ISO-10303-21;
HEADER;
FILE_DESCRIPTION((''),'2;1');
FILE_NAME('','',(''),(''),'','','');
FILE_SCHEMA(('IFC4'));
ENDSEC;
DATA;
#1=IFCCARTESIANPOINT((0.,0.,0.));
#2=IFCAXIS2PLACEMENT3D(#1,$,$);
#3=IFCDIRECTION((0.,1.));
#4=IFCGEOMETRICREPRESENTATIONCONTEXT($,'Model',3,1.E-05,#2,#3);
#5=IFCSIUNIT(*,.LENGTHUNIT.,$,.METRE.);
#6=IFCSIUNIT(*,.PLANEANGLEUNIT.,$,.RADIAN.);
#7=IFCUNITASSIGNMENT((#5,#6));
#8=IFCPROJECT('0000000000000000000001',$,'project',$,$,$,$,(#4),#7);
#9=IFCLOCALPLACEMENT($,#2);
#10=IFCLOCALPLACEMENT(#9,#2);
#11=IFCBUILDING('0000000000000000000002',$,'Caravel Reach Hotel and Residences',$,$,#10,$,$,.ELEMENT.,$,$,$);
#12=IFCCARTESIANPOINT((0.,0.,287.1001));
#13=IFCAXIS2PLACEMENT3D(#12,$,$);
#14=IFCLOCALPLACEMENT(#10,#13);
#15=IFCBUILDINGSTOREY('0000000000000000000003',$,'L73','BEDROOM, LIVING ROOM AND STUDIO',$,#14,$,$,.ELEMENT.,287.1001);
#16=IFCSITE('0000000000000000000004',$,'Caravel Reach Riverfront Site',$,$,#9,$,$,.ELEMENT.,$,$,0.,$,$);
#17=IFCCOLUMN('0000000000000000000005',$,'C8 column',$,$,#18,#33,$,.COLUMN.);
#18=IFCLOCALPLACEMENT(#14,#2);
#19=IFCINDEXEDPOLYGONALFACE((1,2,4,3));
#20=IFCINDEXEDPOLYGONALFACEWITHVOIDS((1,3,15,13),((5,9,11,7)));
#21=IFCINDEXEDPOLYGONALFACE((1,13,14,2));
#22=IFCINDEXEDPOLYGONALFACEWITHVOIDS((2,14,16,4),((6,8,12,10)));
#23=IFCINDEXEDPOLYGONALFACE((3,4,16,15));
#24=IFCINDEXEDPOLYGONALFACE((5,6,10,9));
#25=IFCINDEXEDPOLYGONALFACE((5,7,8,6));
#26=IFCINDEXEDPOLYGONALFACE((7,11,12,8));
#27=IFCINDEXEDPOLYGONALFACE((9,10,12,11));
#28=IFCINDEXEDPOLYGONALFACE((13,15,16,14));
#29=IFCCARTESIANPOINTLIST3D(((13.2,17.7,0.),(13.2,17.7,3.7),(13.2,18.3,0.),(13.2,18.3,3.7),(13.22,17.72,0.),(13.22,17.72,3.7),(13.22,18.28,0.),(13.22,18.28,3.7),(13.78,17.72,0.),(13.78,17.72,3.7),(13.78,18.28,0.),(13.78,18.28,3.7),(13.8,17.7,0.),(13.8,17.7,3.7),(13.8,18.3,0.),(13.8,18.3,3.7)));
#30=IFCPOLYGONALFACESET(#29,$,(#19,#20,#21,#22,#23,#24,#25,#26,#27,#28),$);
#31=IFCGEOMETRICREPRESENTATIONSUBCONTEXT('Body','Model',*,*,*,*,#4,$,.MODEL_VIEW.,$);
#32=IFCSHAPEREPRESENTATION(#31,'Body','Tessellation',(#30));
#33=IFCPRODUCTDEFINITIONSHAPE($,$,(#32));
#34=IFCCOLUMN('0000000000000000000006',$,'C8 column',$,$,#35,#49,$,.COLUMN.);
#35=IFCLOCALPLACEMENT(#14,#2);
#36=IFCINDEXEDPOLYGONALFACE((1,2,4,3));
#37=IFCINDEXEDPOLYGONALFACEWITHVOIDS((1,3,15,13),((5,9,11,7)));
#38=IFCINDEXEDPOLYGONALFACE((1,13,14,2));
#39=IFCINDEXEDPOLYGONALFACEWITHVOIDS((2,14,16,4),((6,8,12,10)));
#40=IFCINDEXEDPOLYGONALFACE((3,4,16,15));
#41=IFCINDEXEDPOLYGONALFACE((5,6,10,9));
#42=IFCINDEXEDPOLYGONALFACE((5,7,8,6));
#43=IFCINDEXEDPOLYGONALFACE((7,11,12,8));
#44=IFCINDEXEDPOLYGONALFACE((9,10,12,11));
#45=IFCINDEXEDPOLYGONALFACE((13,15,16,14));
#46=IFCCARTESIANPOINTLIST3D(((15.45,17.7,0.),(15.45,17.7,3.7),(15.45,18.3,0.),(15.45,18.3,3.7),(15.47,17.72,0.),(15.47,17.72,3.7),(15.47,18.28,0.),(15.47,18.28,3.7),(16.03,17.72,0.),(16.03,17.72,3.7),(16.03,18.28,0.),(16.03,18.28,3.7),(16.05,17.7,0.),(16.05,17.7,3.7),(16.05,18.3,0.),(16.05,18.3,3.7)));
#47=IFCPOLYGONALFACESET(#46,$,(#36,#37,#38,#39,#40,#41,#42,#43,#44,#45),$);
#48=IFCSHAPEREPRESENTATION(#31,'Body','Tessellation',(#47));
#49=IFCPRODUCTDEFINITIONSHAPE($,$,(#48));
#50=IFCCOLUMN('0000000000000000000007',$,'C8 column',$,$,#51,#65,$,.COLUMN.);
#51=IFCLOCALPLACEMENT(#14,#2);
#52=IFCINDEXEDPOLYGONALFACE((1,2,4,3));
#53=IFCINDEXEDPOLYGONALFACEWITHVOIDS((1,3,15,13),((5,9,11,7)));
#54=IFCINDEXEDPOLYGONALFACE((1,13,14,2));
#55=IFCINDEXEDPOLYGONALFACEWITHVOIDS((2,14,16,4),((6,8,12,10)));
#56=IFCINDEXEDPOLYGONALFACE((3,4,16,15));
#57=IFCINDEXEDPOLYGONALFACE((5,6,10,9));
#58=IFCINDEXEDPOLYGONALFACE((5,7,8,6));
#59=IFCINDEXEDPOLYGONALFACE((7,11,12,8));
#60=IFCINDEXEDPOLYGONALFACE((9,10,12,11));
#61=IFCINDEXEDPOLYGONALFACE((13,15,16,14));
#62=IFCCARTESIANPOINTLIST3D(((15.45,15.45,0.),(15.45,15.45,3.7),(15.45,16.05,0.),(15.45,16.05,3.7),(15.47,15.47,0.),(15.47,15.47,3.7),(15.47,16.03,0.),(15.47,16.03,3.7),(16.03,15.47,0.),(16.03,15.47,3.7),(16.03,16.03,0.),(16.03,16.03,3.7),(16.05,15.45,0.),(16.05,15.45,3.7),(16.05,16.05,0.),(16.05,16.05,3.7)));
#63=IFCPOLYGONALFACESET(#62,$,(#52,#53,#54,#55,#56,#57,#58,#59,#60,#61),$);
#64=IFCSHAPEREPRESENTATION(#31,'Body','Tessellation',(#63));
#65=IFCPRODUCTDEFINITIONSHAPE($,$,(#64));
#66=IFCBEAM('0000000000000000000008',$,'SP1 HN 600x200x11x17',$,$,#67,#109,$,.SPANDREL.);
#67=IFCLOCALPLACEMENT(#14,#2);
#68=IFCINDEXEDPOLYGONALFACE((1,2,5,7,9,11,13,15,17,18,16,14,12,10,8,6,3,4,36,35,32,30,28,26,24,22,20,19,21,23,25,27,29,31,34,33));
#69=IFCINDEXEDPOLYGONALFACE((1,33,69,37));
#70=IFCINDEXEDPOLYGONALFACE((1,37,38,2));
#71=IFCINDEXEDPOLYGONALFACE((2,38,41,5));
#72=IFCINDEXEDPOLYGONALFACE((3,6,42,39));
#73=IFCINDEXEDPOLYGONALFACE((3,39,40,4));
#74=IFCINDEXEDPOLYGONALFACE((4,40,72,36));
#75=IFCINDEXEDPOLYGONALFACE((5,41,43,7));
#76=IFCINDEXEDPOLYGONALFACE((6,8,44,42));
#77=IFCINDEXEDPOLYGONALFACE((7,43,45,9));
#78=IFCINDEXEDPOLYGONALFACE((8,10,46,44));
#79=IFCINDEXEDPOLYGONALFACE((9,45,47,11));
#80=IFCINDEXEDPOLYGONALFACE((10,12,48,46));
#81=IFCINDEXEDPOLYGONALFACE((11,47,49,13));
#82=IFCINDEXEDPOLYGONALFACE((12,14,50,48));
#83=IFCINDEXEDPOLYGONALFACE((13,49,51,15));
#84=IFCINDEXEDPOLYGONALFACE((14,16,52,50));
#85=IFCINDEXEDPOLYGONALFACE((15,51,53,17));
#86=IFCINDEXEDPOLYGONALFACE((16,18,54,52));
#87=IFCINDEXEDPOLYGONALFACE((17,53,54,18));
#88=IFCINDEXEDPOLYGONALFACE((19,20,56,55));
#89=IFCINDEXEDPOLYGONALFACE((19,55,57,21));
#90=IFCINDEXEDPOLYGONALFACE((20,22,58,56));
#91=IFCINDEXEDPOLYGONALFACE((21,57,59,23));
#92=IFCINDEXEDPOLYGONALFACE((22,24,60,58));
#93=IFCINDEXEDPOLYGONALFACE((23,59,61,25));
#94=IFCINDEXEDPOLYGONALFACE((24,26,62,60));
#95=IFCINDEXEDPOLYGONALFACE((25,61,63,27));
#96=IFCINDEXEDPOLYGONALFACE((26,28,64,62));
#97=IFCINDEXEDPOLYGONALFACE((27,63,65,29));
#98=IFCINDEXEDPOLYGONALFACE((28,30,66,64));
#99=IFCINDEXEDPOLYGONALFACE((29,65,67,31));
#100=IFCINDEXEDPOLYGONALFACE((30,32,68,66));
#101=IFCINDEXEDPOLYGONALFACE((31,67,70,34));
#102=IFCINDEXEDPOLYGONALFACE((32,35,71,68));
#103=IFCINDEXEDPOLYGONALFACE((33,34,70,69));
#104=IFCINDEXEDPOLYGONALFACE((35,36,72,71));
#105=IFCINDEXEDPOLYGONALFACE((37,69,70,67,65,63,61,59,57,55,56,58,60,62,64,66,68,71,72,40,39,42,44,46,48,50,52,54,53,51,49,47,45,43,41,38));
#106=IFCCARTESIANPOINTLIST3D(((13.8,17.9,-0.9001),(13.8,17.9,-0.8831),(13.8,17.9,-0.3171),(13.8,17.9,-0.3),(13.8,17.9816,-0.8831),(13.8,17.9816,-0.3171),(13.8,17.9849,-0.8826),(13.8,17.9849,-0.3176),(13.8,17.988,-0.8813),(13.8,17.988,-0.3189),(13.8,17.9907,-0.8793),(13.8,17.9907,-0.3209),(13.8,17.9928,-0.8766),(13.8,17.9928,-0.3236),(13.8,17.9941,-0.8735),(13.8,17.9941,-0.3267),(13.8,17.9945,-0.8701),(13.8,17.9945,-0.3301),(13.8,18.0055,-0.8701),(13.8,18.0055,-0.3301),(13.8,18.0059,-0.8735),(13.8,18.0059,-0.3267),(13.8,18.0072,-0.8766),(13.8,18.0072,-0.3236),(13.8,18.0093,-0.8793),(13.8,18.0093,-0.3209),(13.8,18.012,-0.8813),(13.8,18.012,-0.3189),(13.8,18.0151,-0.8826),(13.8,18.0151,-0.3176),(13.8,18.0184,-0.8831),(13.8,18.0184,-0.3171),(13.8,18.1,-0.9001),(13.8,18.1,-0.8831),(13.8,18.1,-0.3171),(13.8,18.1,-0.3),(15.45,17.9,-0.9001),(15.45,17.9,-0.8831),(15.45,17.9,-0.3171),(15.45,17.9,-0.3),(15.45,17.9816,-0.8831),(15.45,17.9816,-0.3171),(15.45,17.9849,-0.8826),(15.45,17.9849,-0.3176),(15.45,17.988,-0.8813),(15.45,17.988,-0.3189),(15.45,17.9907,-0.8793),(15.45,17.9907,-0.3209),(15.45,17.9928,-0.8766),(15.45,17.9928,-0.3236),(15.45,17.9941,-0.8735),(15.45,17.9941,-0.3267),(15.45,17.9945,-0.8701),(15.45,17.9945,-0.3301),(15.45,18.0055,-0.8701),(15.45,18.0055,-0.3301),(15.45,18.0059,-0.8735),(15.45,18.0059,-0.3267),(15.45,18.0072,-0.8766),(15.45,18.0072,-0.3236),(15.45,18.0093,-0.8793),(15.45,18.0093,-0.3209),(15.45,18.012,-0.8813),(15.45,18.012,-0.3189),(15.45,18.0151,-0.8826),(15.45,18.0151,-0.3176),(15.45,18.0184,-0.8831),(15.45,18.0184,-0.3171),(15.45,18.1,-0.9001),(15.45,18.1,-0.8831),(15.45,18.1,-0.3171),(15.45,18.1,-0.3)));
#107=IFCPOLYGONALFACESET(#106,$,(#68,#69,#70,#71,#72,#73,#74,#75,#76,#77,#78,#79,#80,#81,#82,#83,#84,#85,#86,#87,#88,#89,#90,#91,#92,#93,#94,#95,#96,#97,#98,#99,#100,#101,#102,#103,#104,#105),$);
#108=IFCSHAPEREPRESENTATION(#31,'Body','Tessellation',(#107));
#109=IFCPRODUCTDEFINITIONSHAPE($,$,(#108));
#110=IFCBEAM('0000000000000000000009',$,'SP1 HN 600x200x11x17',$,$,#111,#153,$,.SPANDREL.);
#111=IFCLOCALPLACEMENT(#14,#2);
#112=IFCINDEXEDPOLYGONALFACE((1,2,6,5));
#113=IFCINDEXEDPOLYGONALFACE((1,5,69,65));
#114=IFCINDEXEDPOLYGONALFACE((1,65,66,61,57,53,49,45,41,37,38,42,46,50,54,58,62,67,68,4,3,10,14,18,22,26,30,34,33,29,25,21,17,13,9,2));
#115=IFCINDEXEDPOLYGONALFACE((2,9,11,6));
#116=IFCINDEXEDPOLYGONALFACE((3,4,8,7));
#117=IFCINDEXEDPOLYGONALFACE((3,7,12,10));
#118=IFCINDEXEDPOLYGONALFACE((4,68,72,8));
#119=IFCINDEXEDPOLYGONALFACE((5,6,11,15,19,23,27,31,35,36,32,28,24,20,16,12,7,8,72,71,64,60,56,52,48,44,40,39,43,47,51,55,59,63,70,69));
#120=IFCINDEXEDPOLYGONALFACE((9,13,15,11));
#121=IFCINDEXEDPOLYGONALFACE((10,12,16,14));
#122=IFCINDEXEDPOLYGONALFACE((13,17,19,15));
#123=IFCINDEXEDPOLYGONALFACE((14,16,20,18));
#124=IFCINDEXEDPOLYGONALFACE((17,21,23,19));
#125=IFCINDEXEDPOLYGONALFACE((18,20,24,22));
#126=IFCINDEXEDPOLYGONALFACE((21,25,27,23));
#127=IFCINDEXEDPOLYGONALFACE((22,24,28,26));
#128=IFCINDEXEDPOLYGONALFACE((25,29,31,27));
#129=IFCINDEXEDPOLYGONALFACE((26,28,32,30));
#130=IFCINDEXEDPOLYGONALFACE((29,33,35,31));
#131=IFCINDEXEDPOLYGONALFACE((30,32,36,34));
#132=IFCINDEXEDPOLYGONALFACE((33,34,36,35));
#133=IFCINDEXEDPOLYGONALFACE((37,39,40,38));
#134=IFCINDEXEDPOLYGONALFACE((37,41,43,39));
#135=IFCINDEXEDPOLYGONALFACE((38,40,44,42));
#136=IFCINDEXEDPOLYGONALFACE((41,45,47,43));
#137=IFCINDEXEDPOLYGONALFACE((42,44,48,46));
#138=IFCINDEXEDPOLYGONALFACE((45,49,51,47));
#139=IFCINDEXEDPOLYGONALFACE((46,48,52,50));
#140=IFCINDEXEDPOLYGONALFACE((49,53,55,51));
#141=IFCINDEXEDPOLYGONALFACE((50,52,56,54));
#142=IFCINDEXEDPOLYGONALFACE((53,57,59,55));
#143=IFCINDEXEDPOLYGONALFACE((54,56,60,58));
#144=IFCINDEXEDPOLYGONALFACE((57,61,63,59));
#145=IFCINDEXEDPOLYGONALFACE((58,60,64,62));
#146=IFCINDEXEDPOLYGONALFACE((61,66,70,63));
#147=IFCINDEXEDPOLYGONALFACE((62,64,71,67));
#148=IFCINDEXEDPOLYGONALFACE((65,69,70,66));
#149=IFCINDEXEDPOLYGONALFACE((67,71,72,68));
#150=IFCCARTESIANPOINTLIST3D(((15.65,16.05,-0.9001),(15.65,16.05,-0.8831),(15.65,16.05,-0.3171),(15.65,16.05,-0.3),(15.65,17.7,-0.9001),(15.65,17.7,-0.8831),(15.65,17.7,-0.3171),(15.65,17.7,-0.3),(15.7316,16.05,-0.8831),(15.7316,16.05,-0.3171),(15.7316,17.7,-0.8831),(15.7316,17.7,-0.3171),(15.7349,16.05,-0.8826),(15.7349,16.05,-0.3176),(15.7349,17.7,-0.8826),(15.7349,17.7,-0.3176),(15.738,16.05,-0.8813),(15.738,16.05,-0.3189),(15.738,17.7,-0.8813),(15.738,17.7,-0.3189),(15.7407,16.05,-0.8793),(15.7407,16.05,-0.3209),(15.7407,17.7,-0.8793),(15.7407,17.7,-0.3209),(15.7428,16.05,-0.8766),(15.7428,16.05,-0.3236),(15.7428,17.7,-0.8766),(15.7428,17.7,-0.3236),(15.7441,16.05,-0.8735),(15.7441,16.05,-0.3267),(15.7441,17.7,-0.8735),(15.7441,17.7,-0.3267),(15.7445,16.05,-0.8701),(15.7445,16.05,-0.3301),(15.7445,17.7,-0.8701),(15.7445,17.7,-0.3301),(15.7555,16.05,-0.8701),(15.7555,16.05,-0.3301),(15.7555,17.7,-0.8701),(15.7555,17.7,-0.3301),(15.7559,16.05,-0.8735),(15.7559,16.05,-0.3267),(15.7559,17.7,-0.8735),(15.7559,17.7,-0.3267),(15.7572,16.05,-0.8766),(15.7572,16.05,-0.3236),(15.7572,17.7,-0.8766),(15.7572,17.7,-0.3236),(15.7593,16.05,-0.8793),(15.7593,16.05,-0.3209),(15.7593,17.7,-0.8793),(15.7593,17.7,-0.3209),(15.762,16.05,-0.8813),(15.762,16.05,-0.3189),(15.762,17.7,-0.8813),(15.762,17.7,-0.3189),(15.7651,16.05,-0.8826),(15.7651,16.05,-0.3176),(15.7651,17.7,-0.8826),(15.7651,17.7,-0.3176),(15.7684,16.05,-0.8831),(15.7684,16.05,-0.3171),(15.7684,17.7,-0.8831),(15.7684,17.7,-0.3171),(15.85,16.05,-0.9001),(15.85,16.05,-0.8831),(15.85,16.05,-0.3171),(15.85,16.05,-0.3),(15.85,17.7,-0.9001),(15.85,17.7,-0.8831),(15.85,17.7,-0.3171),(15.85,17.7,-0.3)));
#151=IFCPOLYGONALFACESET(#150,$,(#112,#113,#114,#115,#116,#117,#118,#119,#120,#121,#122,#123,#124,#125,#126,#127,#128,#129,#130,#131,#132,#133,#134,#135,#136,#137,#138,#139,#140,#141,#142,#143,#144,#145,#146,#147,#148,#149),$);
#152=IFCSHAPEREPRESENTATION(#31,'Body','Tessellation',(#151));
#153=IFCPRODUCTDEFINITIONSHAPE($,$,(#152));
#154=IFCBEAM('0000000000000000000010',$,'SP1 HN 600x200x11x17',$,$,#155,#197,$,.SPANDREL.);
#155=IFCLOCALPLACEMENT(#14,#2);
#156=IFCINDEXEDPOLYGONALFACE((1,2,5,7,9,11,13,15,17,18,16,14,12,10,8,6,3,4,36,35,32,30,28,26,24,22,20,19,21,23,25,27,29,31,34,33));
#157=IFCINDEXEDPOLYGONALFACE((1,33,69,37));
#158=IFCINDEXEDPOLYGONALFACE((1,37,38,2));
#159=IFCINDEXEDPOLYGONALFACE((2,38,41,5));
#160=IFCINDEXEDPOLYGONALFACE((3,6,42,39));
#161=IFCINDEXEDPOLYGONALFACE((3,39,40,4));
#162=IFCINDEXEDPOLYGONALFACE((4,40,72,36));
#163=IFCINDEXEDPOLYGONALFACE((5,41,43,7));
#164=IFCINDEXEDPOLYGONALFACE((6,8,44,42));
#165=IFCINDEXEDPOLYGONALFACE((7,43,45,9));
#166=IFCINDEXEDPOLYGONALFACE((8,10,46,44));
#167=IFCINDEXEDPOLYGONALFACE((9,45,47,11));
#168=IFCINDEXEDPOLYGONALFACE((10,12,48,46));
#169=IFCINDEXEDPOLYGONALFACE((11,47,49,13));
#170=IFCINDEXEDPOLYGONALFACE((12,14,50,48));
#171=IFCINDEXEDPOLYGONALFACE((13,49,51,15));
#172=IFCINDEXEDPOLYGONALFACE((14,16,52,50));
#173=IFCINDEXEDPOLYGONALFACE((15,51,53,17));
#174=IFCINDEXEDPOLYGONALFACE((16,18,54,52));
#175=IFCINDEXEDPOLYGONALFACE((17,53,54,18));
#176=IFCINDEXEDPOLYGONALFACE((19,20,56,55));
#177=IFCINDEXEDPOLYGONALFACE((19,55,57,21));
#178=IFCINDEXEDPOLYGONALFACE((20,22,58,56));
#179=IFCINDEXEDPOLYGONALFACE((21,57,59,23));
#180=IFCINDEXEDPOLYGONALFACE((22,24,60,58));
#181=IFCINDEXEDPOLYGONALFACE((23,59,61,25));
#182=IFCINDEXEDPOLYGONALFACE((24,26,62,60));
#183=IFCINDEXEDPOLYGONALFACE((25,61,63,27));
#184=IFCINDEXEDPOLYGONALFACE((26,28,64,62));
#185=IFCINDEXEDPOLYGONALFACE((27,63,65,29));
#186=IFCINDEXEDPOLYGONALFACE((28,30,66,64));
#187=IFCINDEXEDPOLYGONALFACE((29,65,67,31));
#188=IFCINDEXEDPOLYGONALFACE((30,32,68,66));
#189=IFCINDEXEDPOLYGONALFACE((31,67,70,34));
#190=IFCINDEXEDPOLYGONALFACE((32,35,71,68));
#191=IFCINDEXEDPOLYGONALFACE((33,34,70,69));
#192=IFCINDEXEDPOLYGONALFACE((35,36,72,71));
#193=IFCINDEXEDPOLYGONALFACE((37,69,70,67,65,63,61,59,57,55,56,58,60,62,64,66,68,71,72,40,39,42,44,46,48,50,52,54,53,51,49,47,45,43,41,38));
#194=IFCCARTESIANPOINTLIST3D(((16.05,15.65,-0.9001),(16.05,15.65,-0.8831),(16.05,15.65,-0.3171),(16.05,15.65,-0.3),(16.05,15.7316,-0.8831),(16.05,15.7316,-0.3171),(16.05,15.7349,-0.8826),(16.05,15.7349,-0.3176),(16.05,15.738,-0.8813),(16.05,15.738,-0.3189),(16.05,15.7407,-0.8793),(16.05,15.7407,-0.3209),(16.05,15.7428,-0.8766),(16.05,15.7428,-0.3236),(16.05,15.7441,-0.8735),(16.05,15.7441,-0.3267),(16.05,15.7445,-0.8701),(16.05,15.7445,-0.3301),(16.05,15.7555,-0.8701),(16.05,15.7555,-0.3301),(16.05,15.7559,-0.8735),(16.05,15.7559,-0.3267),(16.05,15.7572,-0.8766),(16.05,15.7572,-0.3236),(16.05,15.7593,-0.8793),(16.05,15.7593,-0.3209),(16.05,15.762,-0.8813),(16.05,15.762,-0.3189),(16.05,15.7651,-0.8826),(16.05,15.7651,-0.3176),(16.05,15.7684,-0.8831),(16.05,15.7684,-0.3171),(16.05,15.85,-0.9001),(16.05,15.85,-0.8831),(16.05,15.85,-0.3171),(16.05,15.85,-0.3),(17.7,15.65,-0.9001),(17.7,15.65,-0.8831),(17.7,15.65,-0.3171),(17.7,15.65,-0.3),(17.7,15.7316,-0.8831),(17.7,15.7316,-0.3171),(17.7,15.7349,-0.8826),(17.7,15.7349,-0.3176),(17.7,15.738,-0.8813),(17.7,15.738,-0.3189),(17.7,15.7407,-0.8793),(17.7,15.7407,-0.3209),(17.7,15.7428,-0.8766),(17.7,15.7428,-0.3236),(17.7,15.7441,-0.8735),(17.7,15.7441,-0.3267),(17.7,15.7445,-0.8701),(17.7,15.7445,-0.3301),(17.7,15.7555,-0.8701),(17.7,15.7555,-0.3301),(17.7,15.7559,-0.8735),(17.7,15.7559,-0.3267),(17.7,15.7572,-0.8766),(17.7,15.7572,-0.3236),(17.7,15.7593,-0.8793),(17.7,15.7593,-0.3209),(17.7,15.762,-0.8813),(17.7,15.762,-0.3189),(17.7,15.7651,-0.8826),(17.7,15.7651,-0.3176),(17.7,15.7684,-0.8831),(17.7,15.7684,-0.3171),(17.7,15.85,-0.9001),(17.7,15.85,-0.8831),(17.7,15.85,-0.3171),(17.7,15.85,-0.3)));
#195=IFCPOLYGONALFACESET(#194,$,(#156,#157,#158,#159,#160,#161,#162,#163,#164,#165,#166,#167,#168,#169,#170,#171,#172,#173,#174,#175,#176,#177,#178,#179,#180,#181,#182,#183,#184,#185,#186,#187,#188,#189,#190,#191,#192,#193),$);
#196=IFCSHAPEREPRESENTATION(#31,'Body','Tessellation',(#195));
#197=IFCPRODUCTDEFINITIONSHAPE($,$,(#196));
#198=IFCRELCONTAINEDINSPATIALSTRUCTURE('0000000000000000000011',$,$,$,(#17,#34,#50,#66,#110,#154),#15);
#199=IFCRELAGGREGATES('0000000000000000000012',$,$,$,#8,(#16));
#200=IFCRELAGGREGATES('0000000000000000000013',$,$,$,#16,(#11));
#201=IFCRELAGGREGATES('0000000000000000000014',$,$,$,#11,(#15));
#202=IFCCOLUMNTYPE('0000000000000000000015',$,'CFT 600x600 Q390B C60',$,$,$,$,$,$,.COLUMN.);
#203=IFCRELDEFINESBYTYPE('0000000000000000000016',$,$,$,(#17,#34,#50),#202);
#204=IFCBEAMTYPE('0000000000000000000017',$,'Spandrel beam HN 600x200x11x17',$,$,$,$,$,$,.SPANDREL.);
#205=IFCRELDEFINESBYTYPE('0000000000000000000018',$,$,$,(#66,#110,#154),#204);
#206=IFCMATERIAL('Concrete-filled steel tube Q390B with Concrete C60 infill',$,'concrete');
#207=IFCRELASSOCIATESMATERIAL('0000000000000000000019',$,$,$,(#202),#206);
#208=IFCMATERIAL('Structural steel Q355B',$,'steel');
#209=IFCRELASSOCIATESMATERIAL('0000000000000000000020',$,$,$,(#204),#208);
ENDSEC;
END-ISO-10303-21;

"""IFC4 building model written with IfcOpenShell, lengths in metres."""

from ifc_helpers import new_model, si_unit, direction, frame, origin, origin_2d, place, context, subcontext, project, spatial, hollow_rectangle, i_section, extrude, material, material_profile, profile_set, type_object, element, save


model = new_model("IFC4")

# Units and contexts
model_context = context("Model", 3, precision=1e-05, world=origin(), true_north=direction((0.0, 1.0)))
body_context = subcontext(model_context, "Body", "Model", "MODEL_VIEW")
ifc_project = project(units=[si_unit("LENGTHUNIT", "METRE"), si_unit("PLANEANGLEUNIT", "RADIAN")], contexts=[model_context])

# Site, building, storey
site_placement = place(None, origin())
site = spatial("IfcSite", under=ifc_project, at=site_placement, Name="Caravel Reach Riverfront Site", CompositionType="ELEMENT", RefElevation=0.0)
building_placement = place(site_placement, origin())
building = spatial("IfcBuilding", under=site, at=building_placement, Name="Caravel Reach Hotel and Residences", CompositionType="ELEMENT")
storey_placement = place(building_placement, frame((0.0, 0.0, 287.1001)))
storey = spatial("IfcBuildingStorey", under=building, at=storey_placement, Name="L73", Description="BEDROOM, LIVING ROOM AND STUDIO", CompositionType="ELEMENT", Elevation=287.1001)

# Columns
ifc_material_1 = material(Name="Concrete-filled steel tube Q390B with Concrete C60 infill", Category="concrete")
ifc_material_profile_1 = material_profile(ifc_material_1, hollow_rectangle(XDim=0.6001, YDim=0.6001, WallThickness=0.02, at=origin_2d()), Name="RHS 600x600x20")
ifc_profile_set_1 = profile_set([ifc_material_profile_1], Name="Concrete-filled steel tube Q390B with Concrete C60 infill")
column_type = type_object("IfcColumnType", Name="CFT 600x600 Q390B C60", PredefinedType="COLUMN", material=ifc_profile_set_1)
for number, where, z_axis, x_axis, name in (
    (1, (13.5, 18.0, 0.0), (0.0, 0.0, 1.0), (1.0, 0.0, 0.0), "C8 column"),
    (2, (15.75, 18.0, 0.0), (0.0, 0.0, 1.0), (1.0, 0.0, 0.0), "C8 column"),
    (3, (15.75, 15.75, 0.0), (0.0, 0.0, 1.0), (1.0, 0.0, 0.0), "C8 column"),
):
    element("IfcColumn", number, at=place(storey_placement, frame(where, z_axis=z_axis, x_axis=x_axis)), inside=storey, type_object=column_type, Name=name, PredefinedType="COLUMN", context=body_context, shape_type="SweptSolid", body=[
        extrude(hollow_rectangle(XDim=0.6001, YDim=0.6001, WallThickness=0.02, at=origin_2d()), origin(), (0.0, 0.0, 1.0), 3.7),
    ])

# Beams
ifc_material_2 = material(Name="Structural steel Q355B", Category="steel")
ifc_material_profile_2 = material_profile(ifc_material_2, i_section(OverallWidth=0.2, OverallDepth=0.6001, WebThickness=0.011, FlangeThickness=0.0171, FilletRadius=0.0129, at=origin_2d()), Name="HN 600x200x11x17")
ifc_profile_set_2 = profile_set([ifc_material_profile_2], Name="Structural steel Q355B")
beam_type = type_object("IfcBeamType", Name="Spandrel beam HN 600x200x11x17", PredefinedType="SPANDREL", material=ifc_profile_set_2)
for number, where, z_axis, x_axis, name in (
    (4, (13.8, 18.0, -0.6001), (1.0, 0.0, 0.0), (0.0, 1.0, 0.0), "SP1 HN 600x200x11x17"),
    (5, (15.75, 17.7, -0.6001), (0.0, -1.0, 0.0), (1.0, 0.0, 0.0), "SP1 HN 600x200x11x17"),
    (6, (16.05, 15.75, -0.6001), (1.0, 0.0, 0.0), (0.0, 1.0, 0.0), "SP1 HN 600x200x11x17"),
):
    element("IfcBeam", number, at=place(storey_placement, frame(where, z_axis=z_axis, x_axis=x_axis)), inside=storey, type_object=beam_type, Name=name, PredefinedType="SPANDREL", context=body_context, shape_type="SweptSolid", body=[
        extrude(i_section(OverallWidth=0.2, OverallDepth=0.6001, WebThickness=0.011, FlangeThickness=0.0171, FilletRadius=0.0129, at=origin_2d()), origin(), (0.0, 0.0, 1.0), 1.6499),
    ])

save(model, "model.ifc")
